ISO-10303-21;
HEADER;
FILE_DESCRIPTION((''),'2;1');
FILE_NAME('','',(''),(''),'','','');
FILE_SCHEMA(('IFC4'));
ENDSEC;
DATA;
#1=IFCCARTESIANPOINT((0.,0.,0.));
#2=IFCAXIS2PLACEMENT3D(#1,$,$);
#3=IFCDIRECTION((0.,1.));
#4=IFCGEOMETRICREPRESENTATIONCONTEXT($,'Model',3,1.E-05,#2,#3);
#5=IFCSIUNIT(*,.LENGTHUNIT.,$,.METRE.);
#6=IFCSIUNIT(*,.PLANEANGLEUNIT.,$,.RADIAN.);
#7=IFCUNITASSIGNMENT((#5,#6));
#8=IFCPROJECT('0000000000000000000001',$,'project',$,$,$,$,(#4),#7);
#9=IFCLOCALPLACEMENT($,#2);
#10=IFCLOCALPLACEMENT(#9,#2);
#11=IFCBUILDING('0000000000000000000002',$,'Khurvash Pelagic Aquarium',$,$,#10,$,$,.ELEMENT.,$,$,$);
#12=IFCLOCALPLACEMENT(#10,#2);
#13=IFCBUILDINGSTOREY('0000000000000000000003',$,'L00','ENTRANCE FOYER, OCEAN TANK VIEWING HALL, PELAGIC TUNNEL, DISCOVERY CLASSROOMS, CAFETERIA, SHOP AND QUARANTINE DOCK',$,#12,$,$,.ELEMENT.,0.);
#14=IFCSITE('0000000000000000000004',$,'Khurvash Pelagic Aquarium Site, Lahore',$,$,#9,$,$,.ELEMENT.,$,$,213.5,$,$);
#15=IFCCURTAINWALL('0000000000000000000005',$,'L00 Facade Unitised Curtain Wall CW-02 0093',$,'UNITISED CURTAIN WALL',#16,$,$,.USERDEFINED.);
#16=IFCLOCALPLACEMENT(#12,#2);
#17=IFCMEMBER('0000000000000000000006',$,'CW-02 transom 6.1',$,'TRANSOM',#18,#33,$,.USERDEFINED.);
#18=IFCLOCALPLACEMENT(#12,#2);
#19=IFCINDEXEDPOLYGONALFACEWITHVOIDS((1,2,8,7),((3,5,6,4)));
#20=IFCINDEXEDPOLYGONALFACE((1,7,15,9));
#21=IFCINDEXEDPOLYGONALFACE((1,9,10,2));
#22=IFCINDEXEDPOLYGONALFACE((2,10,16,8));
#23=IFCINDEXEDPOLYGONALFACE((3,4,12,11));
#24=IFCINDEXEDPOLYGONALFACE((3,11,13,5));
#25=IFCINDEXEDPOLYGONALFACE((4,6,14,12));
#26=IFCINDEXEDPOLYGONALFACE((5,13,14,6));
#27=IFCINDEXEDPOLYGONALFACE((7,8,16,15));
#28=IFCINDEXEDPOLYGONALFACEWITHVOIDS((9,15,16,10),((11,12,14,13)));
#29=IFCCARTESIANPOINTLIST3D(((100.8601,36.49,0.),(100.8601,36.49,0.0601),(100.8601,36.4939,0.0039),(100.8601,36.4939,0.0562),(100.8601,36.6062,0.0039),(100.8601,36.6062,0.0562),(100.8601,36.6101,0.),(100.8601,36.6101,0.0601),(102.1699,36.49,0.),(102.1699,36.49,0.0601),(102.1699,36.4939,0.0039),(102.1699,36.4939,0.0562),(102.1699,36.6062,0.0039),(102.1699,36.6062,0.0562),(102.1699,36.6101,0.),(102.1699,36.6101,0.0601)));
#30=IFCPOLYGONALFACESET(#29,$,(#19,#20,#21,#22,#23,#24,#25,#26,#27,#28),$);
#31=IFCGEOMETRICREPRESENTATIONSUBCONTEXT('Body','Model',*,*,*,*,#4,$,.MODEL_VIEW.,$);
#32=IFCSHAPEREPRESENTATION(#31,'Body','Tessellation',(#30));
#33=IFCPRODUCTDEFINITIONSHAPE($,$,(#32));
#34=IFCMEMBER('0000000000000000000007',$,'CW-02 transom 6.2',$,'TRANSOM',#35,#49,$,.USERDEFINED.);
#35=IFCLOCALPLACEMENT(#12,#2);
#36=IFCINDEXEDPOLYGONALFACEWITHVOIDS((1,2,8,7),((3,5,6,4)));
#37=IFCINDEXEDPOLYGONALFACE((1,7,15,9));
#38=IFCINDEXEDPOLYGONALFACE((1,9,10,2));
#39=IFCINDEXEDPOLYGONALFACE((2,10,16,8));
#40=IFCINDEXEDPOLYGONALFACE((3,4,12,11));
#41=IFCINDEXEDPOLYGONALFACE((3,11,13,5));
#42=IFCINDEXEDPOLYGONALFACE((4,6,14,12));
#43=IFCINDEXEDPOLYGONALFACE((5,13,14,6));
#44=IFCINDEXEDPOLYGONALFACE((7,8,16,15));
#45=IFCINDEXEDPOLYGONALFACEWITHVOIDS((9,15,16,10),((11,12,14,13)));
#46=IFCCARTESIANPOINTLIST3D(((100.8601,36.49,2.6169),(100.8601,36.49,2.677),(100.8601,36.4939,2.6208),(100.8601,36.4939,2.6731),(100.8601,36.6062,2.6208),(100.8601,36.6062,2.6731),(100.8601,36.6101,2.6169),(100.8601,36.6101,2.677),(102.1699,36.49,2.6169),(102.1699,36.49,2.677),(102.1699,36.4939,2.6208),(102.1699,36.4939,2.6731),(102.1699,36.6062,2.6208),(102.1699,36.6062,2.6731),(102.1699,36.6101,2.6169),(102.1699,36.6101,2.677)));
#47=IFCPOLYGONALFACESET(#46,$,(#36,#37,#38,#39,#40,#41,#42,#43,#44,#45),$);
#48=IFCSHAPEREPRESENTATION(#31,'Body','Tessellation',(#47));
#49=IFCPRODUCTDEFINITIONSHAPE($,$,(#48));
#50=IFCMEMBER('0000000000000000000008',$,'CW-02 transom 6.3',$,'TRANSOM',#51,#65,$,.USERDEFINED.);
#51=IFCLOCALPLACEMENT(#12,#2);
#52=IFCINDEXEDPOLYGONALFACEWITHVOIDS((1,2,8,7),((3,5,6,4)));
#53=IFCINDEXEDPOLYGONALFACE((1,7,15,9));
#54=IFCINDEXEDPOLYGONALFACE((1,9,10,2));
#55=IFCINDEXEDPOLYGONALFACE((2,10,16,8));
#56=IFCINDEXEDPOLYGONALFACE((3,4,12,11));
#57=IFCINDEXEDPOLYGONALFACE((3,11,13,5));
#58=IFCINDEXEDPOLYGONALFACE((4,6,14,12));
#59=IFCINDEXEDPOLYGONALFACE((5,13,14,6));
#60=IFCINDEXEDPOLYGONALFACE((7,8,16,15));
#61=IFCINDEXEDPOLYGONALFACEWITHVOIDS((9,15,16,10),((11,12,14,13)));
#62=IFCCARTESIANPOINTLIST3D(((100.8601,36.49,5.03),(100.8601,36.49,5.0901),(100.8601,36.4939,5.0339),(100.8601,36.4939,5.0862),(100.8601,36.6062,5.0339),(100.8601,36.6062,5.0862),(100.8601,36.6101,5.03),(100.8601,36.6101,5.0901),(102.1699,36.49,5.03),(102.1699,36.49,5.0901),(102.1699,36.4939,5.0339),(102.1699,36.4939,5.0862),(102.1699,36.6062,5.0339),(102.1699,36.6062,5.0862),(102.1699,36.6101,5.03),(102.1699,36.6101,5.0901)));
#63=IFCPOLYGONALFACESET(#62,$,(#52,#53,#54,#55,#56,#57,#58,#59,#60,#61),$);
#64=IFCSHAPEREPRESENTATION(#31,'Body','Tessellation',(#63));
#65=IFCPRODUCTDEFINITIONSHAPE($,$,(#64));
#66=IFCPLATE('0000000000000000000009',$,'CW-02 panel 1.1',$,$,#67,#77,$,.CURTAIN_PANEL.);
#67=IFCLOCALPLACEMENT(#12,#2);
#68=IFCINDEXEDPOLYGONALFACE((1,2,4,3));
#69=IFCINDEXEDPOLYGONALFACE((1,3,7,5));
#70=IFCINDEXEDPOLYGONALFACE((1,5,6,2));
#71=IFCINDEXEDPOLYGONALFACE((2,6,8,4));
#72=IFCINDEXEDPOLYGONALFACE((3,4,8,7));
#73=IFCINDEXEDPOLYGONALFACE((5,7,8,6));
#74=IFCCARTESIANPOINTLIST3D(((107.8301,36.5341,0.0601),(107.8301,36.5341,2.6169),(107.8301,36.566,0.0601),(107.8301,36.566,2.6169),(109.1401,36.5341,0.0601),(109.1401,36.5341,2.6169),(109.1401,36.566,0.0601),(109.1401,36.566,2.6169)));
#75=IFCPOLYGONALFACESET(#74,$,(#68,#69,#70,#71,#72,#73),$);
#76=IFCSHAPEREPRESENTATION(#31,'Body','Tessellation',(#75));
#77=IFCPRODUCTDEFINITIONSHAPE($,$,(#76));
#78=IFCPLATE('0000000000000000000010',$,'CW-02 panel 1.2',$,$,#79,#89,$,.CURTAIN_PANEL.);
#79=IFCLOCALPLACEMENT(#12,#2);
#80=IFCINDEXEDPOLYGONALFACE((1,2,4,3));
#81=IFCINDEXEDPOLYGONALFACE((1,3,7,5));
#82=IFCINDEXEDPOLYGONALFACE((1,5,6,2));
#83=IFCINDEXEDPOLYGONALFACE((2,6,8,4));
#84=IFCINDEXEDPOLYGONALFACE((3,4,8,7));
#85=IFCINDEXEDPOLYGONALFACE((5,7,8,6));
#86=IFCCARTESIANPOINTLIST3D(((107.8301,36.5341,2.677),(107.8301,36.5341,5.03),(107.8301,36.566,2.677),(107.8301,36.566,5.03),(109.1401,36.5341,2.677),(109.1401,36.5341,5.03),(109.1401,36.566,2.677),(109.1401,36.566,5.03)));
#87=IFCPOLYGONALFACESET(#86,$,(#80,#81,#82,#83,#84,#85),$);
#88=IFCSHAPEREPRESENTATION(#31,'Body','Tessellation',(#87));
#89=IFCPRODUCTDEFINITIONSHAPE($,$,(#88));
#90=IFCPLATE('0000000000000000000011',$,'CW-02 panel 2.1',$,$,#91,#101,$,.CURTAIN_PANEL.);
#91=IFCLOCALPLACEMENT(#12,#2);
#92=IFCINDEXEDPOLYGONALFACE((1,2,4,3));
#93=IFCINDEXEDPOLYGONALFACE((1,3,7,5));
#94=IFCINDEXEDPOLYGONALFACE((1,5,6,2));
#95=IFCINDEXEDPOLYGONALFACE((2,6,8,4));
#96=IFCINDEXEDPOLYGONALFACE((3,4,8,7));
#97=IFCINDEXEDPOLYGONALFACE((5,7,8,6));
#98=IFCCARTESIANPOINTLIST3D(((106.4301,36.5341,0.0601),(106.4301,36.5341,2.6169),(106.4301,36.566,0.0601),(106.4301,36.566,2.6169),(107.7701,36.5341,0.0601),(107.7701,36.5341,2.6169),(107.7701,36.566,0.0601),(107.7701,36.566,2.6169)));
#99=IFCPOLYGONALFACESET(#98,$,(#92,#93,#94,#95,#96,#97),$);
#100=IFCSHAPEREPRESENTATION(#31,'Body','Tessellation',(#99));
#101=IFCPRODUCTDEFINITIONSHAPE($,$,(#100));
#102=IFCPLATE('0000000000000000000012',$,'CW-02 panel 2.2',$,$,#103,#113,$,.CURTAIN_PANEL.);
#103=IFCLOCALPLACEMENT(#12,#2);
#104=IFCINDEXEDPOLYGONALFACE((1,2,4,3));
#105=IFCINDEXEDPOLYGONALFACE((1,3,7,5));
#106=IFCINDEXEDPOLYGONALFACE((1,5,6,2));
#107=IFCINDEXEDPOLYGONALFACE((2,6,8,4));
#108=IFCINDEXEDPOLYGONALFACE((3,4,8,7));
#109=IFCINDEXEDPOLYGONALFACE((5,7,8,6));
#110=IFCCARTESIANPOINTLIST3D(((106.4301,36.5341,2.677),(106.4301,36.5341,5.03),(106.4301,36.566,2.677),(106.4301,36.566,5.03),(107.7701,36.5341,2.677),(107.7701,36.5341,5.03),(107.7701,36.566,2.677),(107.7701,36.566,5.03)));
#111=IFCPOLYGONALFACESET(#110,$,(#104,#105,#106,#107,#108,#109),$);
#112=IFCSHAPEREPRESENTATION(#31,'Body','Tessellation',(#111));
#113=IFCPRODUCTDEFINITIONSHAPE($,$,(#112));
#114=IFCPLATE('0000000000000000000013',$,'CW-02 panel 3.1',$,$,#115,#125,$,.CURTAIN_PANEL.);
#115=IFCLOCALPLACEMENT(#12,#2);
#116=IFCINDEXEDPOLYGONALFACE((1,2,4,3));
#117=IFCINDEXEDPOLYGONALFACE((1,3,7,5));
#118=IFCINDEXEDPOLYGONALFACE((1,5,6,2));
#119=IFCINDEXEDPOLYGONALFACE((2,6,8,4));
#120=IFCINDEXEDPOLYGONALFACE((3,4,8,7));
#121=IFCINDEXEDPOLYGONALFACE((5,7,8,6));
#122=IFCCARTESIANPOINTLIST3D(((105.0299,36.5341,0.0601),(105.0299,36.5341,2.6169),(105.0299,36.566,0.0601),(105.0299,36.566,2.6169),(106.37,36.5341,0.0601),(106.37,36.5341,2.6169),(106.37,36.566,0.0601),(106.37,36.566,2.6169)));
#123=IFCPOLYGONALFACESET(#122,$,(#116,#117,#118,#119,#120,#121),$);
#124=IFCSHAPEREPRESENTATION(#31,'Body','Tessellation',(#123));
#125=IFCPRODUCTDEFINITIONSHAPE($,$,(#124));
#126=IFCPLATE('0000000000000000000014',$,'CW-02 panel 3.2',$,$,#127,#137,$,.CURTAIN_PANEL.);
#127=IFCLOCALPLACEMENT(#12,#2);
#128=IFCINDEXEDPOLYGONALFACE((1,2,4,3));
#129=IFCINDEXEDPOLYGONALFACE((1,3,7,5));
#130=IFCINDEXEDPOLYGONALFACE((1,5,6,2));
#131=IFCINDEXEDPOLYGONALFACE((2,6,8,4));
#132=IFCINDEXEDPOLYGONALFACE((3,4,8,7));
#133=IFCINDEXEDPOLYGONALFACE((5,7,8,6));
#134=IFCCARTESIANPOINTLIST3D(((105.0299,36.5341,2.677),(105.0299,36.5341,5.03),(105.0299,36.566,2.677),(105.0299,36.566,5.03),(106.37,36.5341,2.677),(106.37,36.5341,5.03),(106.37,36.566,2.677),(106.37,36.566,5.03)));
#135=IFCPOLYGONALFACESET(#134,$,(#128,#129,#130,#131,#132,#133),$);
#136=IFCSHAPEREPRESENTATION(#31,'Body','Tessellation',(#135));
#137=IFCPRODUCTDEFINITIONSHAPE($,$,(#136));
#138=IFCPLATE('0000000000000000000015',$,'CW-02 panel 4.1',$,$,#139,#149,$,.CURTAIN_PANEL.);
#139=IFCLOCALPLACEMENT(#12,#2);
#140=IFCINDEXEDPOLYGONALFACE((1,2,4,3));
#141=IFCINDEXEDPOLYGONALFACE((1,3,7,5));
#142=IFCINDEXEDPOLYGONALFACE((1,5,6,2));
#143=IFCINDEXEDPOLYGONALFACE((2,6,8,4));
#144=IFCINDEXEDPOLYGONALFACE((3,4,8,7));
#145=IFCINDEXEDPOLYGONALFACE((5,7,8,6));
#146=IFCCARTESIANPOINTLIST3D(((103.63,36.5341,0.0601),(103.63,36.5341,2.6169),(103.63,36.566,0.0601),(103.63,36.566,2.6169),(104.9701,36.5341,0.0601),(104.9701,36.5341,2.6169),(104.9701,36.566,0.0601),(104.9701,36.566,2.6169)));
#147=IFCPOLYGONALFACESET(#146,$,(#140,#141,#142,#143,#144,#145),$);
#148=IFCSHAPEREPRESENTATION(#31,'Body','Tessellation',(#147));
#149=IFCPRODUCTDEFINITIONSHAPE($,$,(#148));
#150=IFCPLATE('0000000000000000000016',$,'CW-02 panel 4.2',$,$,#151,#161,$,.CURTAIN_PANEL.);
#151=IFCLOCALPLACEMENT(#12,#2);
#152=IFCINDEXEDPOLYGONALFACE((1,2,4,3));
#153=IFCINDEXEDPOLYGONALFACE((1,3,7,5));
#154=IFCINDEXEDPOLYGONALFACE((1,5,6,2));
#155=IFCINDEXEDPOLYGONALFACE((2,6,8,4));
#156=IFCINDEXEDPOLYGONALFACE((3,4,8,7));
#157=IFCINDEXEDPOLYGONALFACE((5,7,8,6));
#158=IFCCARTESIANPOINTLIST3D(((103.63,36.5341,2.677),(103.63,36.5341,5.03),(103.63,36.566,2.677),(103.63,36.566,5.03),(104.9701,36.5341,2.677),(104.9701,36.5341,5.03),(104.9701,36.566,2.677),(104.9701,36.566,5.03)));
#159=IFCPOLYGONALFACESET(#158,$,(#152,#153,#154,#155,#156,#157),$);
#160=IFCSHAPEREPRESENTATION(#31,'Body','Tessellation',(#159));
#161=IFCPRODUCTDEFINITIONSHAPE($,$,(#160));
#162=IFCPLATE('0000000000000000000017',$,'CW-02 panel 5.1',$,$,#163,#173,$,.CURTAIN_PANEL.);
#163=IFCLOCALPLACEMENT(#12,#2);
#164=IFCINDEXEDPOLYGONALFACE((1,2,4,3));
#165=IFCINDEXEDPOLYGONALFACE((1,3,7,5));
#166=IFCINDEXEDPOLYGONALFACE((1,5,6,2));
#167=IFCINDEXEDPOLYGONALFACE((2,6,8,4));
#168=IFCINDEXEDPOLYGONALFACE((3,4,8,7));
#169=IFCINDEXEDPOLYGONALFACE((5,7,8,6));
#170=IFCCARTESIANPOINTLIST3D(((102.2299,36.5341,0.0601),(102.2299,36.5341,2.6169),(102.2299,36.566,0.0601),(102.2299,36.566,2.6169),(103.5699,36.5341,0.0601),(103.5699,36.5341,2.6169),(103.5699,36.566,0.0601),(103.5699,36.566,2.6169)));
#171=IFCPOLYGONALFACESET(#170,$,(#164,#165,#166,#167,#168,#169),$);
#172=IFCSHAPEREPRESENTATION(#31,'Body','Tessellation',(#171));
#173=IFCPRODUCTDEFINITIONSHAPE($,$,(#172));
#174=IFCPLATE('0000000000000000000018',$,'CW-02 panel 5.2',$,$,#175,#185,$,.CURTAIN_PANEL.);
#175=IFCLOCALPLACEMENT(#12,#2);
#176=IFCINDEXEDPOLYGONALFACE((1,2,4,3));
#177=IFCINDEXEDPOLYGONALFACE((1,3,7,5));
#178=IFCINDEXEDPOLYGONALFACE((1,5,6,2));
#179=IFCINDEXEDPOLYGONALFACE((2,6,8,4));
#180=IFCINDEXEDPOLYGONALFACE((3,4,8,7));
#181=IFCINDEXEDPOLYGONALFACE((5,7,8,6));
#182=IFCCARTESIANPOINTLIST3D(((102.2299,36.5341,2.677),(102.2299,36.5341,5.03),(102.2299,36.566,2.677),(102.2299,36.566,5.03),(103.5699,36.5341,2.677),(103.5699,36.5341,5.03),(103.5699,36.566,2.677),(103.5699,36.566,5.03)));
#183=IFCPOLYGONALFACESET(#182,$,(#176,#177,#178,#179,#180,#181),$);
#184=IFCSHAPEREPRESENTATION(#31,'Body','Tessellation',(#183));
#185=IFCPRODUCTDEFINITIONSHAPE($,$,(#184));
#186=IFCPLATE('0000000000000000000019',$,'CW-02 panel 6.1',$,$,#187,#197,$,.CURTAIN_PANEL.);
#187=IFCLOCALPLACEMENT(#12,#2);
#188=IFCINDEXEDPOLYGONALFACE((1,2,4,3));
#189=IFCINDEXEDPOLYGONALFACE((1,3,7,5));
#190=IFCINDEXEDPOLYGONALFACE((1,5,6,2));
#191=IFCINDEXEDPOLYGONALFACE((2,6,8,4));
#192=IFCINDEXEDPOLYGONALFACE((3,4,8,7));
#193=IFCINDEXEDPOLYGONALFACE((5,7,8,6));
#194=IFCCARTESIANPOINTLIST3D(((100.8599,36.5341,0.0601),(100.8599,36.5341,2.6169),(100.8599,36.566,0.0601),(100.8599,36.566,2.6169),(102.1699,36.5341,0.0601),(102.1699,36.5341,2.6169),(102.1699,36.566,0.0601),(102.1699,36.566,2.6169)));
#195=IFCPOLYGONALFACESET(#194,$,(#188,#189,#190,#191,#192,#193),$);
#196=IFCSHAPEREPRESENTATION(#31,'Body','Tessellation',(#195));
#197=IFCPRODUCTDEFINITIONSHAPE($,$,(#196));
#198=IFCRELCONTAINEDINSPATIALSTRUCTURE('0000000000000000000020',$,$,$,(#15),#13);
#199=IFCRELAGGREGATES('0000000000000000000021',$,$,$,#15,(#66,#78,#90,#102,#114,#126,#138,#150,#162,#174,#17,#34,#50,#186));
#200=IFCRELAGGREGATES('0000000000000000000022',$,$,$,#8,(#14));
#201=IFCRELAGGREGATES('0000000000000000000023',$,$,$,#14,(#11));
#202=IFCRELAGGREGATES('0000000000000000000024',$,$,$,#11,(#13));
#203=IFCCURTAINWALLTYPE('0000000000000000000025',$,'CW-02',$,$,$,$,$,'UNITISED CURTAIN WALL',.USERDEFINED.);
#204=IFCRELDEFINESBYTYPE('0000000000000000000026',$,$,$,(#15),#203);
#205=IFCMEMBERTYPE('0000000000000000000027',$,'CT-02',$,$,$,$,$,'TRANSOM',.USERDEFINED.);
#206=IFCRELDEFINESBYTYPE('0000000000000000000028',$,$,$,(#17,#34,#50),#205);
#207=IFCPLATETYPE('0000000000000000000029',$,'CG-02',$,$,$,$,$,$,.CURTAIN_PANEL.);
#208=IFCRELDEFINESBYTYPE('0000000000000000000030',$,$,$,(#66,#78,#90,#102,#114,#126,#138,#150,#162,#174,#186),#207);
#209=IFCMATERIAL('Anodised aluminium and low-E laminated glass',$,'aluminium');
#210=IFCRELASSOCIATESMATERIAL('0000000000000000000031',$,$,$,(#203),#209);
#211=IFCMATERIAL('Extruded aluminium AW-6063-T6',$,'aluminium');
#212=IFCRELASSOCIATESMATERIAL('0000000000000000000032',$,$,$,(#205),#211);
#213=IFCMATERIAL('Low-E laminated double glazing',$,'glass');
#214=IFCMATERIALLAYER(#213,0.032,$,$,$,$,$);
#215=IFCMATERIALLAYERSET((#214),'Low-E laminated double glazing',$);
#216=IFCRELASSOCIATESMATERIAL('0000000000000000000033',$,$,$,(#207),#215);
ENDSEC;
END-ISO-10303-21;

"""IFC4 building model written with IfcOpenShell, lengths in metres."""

from ifc_helpers import new_model, si_unit, direction, frame, origin, origin_2d, place, context, subcontext, project, spatial, rectangle, hollow_rectangle, extrude, material, layer, layer_set, material_profile, profile_set, type_object, element, aggregate, save


model = new_model("IFC4")

# Units and contexts
model_context = context("Model", 3, precision=1e-05, world=origin(), true_north=direction((0.0, 1.0)))
body_context = subcontext(model_context, "Body", "Model", "MODEL_VIEW")
ifc_project = project(units=[si_unit("LENGTHUNIT", "METRE"), si_unit("PLANEANGLEUNIT", "RADIAN")], contexts=[model_context])

# Site, building, storey
site_placement = place(None, origin())
site = spatial("IfcSite", under=ifc_project, at=site_placement, Name="Khurvash Pelagic Aquarium Site, Lahore", CompositionType="ELEMENT", RefElevation=213.5)
building_placement = place(site_placement, origin())
building = spatial("IfcBuilding", under=site, at=building_placement, Name="Khurvash Pelagic Aquarium", CompositionType="ELEMENT")
storey_placement = place(building_placement, origin())
storey = spatial("IfcBuildingStorey", under=building, at=storey_placement, Name="L00", Description="ENTRANCE FOYER, OCEAN TANK VIEWING HALL, PELAGIC TUNNEL, DISCOVERY CLASSROOMS, CAFETERIA, SHOP AND QUARANTINE DOCK", CompositionType="ELEMENT", Elevation=0.0)

# Curtain wall, members, plates
ifc_material_1 = material(Name="Anodised aluminium and low-E laminated glass", Category="aluminium")
curtain_wall_type = type_object("IfcCurtainWallType", Name="CW-02", ElementType="UNITISED CURTAIN WALL", PredefinedType="USERDEFINED", material=ifc_material_1)
curtain_wall_placement = place(storey_placement, origin())
curtain_wall = element("IfcCurtainWall", 1, at=curtain_wall_placement, inside=storey, type_object=curtain_wall_type, Name="L00 Facade Unitised Curtain Wall CW-02 0093", ObjectType="UNITISED CURTAIN WALL", PredefinedType="USERDEFINED")
ifc_material_2 = material(Name="Extruded aluminium AW-6063-T6", Category="aluminium")
ifc_material_profile_1 = material_profile(ifc_material_2, hollow_rectangle(XDim=0.1201, YDim=0.0601, WallThickness=0.0039, at=origin_2d()), Name="CWT120X60X4")
ifc_profile_set_1 = profile_set([ifc_material_profile_1], Name="Extruded aluminium AW-6063-T6")
member_type_1 = type_object("IfcMemberType", Name="CT-02", ElementType="TRANSOM", PredefinedType="USERDEFINED", material=ifc_profile_set_1)
member_1_placement = place(storey_placement, frame((102.1699, 36.55, 0.03), z_axis=(-1.0, 0.0, 0.0), x_axis=(0.0, -1.0, 0.0)))
member_1 = element("IfcMember", 2, at=member_1_placement, type_object=member_type_1, Name="CW-02 transom 6.1", ObjectType="TRANSOM", PredefinedType="USERDEFINED", context=body_context, shape_type="SweptSolid", body=[
    extrude(hollow_rectangle(XDim=0.1201, YDim=0.0601, WallThickness=0.0039, at=origin_2d()), origin(), (0.0, 0.0, 1.0), 1.3098),
])
member_2_placement = place(storey_placement, frame((102.1699, 36.55, 2.647), z_axis=(-1.0, 0.0, 0.0), x_axis=(0.0, -1.0, 0.0)))
member_2 = element("IfcMember", 3, at=member_2_placement, type_object=member_type_1, Name="CW-02 transom 6.2", ObjectType="TRANSOM", PredefinedType="USERDEFINED", context=body_context, shape_type="SweptSolid", body=[
    extrude(hollow_rectangle(XDim=0.1201, YDim=0.0601, WallThickness=0.0039, at=origin_2d()), origin(), (0.0, 0.0, 1.0), 1.3098),
])
member_3_placement = place(storey_placement, frame((102.1699, 36.55, 5.0601), z_axis=(-1.0, 0.0, 0.0), x_axis=(0.0, -1.0, 0.0)))
member_3 = element("IfcMember", 4, at=member_3_placement, type_object=member_type_1, Name="CW-02 transom 6.3", ObjectType="TRANSOM", PredefinedType="USERDEFINED", context=body_context, shape_type="SweptSolid", body=[
    extrude(hollow_rectangle(XDim=0.1201, YDim=0.0601, WallThickness=0.0039, at=origin_2d()), origin(), (0.0, 0.0, 1.0), 1.3098),
])
ifc_material_3 = material(Name="Low-E laminated double glazing", Category="glass")
ifc_layer = layer(ifc_material_3, 0.032)
ifc_layer_set = layer_set([ifc_layer], Name="Low-E laminated double glazing")
plate_type = type_object("IfcPlateType", Name="CG-02", PredefinedType="CURTAIN_PANEL", material=ifc_layer_set)
plate_1_placement = place(storey_placement, frame((108.4851, 36.55, 0.0601), z_axis=(0.0, 0.0, 1.0), x_axis=(-1.0, 0.0, 0.0)))
plate_1 = element("IfcPlate", 5, at=plate_1_placement, type_object=plate_type, Name="CW-02 panel 1.1", PredefinedType="CURTAIN_PANEL", context=body_context, shape_type="SweptSolid", body=[
    extrude(rectangle(XDim=1.3101, YDim=0.032, at=origin_2d()), origin(), (0.0, 0.0, 1.0), 2.5569),
])
plate_2_placement = place(storey_placement, frame((108.4851, 36.55, 2.677), z_axis=(0.0, 0.0, 1.0), x_axis=(-1.0, 0.0, 0.0)))
plate_2 = element("IfcPlate", 6, at=plate_2_placement, type_object=plate_type, Name="CW-02 panel 1.2", PredefinedType="CURTAIN_PANEL", context=body_context, shape_type="SweptSolid", body=[
    extrude(rectangle(XDim=1.3101, YDim=0.032, at=origin_2d()), origin(), (0.0, 0.0, 1.0), 2.353),
])
plate_3_placement = place(storey_placement, frame((107.1001, 36.55, 0.0601), z_axis=(0.0, 0.0, 1.0), x_axis=(-1.0, 0.0, 0.0)))
plate_3 = element("IfcPlate", 7, at=plate_3_placement, type_object=plate_type, Name="CW-02 panel 2.1", PredefinedType="CURTAIN_PANEL", context=body_context, shape_type="SweptSolid", body=[
    extrude(rectangle(XDim=1.3401, YDim=0.032, at=origin_2d()), origin(), (0.0, 0.0, 1.0), 2.5569),
])
plate_4_placement = place(storey_placement, frame((107.1001, 36.55, 2.677), z_axis=(0.0, 0.0, 1.0), x_axis=(-1.0, 0.0, 0.0)))
plate_4 = element("IfcPlate", 8, at=plate_4_placement, type_object=plate_type, Name="CW-02 panel 2.2", PredefinedType="CURTAIN_PANEL", context=body_context, shape_type="SweptSolid", body=[
    extrude(rectangle(XDim=1.3401, YDim=0.032, at=origin_2d()), origin(), (0.0, 0.0, 1.0), 2.353),
])
plate_5_placement = place(storey_placement, frame((105.7, 36.55, 0.0601), z_axis=(0.0, 0.0, 1.0), x_axis=(-1.0, 0.0, 0.0)))
plate_5 = element("IfcPlate", 9, at=plate_5_placement, type_object=plate_type, Name="CW-02 panel 3.1", PredefinedType="CURTAIN_PANEL", context=body_context, shape_type="SweptSolid", body=[
    extrude(rectangle(XDim=1.3401, YDim=0.032, at=origin_2d()), origin(), (0.0, 0.0, 1.0), 2.5569),
])
plate_6_placement = place(storey_placement, frame((105.7, 36.55, 2.677), z_axis=(0.0, 0.0, 1.0), x_axis=(-1.0, 0.0, 0.0)))
plate_6 = element("IfcPlate", 10, at=plate_6_placement, type_object=plate_type, Name="CW-02 panel 3.2", PredefinedType="CURTAIN_PANEL", context=body_context, shape_type="SweptSolid", body=[
    extrude(rectangle(XDim=1.3401, YDim=0.032, at=origin_2d()), origin(), (0.0, 0.0, 1.0), 2.353),
])
plate_7_placement = place(storey_placement, frame((104.3, 36.55, 0.0601), z_axis=(0.0, 0.0, 1.0), x_axis=(-1.0, 0.0, 0.0)))
plate_7 = element("IfcPlate", 11, at=plate_7_placement, type_object=plate_type, Name="CW-02 panel 4.1", PredefinedType="CURTAIN_PANEL", context=body_context, shape_type="SweptSolid", body=[
    extrude(rectangle(XDim=1.3401, YDim=0.032, at=origin_2d()), origin(), (0.0, 0.0, 1.0), 2.5569),
])
plate_8_placement = place(storey_placement, frame((104.3, 36.55, 2.677), z_axis=(0.0, 0.0, 1.0), x_axis=(-1.0, 0.0, 0.0)))
plate_8 = element("IfcPlate", 12, at=plate_8_placement, type_object=plate_type, Name="CW-02 panel 4.2", PredefinedType="CURTAIN_PANEL", context=body_context, shape_type="SweptSolid", body=[
    extrude(rectangle(XDim=1.3401, YDim=0.032, at=origin_2d()), origin(), (0.0, 0.0, 1.0), 2.353),
])
plate_9_placement = place(storey_placement, frame((102.8999, 36.55, 0.0601), z_axis=(0.0, 0.0, 1.0), x_axis=(-1.0, 0.0, 0.0)))
plate_9 = element("IfcPlate", 13, at=plate_9_placement, type_object=plate_type, Name="CW-02 panel 5.1", PredefinedType="CURTAIN_PANEL", context=body_context, shape_type="SweptSolid", body=[
    extrude(rectangle(XDim=1.3401, YDim=0.032, at=origin_2d()), origin(), (0.0, 0.0, 1.0), 2.5569),
])
plate_10_placement = place(storey_placement, frame((102.8999, 36.55, 2.677), z_axis=(0.0, 0.0, 1.0), x_axis=(-1.0, 0.0, 0.0)))
plate_10 = element("IfcPlate", 14, at=plate_10_placement, type_object=plate_type, Name="CW-02 panel 5.2", PredefinedType="CURTAIN_PANEL", context=body_context, shape_type="SweptSolid", body=[
    extrude(rectangle(XDim=1.3401, YDim=0.032, at=origin_2d()), origin(), (0.0, 0.0, 1.0), 2.353),
])
plate_11_placement = place(storey_placement, frame((101.5149, 36.55, 0.0601), z_axis=(0.0, 0.0, 1.0), x_axis=(-1.0, 0.0, 0.0)))
plate_11 = element("IfcPlate", 15, at=plate_11_placement, type_object=plate_type, Name="CW-02 panel 6.1", PredefinedType="CURTAIN_PANEL", context=body_context, shape_type="SweptSolid", body=[
    extrude(rectangle(XDim=1.3101, YDim=0.032, at=origin_2d()), origin(), (0.0, 0.0, 1.0), 2.5569),
])
aggregate(curtain_wall, [plate_1, plate_2, plate_3, plate_4, plate_5, plate_6, plate_7, plate_8, plate_9, plate_10, member_1, member_2, member_3, plate_11])

save(model, "model.ifc")
